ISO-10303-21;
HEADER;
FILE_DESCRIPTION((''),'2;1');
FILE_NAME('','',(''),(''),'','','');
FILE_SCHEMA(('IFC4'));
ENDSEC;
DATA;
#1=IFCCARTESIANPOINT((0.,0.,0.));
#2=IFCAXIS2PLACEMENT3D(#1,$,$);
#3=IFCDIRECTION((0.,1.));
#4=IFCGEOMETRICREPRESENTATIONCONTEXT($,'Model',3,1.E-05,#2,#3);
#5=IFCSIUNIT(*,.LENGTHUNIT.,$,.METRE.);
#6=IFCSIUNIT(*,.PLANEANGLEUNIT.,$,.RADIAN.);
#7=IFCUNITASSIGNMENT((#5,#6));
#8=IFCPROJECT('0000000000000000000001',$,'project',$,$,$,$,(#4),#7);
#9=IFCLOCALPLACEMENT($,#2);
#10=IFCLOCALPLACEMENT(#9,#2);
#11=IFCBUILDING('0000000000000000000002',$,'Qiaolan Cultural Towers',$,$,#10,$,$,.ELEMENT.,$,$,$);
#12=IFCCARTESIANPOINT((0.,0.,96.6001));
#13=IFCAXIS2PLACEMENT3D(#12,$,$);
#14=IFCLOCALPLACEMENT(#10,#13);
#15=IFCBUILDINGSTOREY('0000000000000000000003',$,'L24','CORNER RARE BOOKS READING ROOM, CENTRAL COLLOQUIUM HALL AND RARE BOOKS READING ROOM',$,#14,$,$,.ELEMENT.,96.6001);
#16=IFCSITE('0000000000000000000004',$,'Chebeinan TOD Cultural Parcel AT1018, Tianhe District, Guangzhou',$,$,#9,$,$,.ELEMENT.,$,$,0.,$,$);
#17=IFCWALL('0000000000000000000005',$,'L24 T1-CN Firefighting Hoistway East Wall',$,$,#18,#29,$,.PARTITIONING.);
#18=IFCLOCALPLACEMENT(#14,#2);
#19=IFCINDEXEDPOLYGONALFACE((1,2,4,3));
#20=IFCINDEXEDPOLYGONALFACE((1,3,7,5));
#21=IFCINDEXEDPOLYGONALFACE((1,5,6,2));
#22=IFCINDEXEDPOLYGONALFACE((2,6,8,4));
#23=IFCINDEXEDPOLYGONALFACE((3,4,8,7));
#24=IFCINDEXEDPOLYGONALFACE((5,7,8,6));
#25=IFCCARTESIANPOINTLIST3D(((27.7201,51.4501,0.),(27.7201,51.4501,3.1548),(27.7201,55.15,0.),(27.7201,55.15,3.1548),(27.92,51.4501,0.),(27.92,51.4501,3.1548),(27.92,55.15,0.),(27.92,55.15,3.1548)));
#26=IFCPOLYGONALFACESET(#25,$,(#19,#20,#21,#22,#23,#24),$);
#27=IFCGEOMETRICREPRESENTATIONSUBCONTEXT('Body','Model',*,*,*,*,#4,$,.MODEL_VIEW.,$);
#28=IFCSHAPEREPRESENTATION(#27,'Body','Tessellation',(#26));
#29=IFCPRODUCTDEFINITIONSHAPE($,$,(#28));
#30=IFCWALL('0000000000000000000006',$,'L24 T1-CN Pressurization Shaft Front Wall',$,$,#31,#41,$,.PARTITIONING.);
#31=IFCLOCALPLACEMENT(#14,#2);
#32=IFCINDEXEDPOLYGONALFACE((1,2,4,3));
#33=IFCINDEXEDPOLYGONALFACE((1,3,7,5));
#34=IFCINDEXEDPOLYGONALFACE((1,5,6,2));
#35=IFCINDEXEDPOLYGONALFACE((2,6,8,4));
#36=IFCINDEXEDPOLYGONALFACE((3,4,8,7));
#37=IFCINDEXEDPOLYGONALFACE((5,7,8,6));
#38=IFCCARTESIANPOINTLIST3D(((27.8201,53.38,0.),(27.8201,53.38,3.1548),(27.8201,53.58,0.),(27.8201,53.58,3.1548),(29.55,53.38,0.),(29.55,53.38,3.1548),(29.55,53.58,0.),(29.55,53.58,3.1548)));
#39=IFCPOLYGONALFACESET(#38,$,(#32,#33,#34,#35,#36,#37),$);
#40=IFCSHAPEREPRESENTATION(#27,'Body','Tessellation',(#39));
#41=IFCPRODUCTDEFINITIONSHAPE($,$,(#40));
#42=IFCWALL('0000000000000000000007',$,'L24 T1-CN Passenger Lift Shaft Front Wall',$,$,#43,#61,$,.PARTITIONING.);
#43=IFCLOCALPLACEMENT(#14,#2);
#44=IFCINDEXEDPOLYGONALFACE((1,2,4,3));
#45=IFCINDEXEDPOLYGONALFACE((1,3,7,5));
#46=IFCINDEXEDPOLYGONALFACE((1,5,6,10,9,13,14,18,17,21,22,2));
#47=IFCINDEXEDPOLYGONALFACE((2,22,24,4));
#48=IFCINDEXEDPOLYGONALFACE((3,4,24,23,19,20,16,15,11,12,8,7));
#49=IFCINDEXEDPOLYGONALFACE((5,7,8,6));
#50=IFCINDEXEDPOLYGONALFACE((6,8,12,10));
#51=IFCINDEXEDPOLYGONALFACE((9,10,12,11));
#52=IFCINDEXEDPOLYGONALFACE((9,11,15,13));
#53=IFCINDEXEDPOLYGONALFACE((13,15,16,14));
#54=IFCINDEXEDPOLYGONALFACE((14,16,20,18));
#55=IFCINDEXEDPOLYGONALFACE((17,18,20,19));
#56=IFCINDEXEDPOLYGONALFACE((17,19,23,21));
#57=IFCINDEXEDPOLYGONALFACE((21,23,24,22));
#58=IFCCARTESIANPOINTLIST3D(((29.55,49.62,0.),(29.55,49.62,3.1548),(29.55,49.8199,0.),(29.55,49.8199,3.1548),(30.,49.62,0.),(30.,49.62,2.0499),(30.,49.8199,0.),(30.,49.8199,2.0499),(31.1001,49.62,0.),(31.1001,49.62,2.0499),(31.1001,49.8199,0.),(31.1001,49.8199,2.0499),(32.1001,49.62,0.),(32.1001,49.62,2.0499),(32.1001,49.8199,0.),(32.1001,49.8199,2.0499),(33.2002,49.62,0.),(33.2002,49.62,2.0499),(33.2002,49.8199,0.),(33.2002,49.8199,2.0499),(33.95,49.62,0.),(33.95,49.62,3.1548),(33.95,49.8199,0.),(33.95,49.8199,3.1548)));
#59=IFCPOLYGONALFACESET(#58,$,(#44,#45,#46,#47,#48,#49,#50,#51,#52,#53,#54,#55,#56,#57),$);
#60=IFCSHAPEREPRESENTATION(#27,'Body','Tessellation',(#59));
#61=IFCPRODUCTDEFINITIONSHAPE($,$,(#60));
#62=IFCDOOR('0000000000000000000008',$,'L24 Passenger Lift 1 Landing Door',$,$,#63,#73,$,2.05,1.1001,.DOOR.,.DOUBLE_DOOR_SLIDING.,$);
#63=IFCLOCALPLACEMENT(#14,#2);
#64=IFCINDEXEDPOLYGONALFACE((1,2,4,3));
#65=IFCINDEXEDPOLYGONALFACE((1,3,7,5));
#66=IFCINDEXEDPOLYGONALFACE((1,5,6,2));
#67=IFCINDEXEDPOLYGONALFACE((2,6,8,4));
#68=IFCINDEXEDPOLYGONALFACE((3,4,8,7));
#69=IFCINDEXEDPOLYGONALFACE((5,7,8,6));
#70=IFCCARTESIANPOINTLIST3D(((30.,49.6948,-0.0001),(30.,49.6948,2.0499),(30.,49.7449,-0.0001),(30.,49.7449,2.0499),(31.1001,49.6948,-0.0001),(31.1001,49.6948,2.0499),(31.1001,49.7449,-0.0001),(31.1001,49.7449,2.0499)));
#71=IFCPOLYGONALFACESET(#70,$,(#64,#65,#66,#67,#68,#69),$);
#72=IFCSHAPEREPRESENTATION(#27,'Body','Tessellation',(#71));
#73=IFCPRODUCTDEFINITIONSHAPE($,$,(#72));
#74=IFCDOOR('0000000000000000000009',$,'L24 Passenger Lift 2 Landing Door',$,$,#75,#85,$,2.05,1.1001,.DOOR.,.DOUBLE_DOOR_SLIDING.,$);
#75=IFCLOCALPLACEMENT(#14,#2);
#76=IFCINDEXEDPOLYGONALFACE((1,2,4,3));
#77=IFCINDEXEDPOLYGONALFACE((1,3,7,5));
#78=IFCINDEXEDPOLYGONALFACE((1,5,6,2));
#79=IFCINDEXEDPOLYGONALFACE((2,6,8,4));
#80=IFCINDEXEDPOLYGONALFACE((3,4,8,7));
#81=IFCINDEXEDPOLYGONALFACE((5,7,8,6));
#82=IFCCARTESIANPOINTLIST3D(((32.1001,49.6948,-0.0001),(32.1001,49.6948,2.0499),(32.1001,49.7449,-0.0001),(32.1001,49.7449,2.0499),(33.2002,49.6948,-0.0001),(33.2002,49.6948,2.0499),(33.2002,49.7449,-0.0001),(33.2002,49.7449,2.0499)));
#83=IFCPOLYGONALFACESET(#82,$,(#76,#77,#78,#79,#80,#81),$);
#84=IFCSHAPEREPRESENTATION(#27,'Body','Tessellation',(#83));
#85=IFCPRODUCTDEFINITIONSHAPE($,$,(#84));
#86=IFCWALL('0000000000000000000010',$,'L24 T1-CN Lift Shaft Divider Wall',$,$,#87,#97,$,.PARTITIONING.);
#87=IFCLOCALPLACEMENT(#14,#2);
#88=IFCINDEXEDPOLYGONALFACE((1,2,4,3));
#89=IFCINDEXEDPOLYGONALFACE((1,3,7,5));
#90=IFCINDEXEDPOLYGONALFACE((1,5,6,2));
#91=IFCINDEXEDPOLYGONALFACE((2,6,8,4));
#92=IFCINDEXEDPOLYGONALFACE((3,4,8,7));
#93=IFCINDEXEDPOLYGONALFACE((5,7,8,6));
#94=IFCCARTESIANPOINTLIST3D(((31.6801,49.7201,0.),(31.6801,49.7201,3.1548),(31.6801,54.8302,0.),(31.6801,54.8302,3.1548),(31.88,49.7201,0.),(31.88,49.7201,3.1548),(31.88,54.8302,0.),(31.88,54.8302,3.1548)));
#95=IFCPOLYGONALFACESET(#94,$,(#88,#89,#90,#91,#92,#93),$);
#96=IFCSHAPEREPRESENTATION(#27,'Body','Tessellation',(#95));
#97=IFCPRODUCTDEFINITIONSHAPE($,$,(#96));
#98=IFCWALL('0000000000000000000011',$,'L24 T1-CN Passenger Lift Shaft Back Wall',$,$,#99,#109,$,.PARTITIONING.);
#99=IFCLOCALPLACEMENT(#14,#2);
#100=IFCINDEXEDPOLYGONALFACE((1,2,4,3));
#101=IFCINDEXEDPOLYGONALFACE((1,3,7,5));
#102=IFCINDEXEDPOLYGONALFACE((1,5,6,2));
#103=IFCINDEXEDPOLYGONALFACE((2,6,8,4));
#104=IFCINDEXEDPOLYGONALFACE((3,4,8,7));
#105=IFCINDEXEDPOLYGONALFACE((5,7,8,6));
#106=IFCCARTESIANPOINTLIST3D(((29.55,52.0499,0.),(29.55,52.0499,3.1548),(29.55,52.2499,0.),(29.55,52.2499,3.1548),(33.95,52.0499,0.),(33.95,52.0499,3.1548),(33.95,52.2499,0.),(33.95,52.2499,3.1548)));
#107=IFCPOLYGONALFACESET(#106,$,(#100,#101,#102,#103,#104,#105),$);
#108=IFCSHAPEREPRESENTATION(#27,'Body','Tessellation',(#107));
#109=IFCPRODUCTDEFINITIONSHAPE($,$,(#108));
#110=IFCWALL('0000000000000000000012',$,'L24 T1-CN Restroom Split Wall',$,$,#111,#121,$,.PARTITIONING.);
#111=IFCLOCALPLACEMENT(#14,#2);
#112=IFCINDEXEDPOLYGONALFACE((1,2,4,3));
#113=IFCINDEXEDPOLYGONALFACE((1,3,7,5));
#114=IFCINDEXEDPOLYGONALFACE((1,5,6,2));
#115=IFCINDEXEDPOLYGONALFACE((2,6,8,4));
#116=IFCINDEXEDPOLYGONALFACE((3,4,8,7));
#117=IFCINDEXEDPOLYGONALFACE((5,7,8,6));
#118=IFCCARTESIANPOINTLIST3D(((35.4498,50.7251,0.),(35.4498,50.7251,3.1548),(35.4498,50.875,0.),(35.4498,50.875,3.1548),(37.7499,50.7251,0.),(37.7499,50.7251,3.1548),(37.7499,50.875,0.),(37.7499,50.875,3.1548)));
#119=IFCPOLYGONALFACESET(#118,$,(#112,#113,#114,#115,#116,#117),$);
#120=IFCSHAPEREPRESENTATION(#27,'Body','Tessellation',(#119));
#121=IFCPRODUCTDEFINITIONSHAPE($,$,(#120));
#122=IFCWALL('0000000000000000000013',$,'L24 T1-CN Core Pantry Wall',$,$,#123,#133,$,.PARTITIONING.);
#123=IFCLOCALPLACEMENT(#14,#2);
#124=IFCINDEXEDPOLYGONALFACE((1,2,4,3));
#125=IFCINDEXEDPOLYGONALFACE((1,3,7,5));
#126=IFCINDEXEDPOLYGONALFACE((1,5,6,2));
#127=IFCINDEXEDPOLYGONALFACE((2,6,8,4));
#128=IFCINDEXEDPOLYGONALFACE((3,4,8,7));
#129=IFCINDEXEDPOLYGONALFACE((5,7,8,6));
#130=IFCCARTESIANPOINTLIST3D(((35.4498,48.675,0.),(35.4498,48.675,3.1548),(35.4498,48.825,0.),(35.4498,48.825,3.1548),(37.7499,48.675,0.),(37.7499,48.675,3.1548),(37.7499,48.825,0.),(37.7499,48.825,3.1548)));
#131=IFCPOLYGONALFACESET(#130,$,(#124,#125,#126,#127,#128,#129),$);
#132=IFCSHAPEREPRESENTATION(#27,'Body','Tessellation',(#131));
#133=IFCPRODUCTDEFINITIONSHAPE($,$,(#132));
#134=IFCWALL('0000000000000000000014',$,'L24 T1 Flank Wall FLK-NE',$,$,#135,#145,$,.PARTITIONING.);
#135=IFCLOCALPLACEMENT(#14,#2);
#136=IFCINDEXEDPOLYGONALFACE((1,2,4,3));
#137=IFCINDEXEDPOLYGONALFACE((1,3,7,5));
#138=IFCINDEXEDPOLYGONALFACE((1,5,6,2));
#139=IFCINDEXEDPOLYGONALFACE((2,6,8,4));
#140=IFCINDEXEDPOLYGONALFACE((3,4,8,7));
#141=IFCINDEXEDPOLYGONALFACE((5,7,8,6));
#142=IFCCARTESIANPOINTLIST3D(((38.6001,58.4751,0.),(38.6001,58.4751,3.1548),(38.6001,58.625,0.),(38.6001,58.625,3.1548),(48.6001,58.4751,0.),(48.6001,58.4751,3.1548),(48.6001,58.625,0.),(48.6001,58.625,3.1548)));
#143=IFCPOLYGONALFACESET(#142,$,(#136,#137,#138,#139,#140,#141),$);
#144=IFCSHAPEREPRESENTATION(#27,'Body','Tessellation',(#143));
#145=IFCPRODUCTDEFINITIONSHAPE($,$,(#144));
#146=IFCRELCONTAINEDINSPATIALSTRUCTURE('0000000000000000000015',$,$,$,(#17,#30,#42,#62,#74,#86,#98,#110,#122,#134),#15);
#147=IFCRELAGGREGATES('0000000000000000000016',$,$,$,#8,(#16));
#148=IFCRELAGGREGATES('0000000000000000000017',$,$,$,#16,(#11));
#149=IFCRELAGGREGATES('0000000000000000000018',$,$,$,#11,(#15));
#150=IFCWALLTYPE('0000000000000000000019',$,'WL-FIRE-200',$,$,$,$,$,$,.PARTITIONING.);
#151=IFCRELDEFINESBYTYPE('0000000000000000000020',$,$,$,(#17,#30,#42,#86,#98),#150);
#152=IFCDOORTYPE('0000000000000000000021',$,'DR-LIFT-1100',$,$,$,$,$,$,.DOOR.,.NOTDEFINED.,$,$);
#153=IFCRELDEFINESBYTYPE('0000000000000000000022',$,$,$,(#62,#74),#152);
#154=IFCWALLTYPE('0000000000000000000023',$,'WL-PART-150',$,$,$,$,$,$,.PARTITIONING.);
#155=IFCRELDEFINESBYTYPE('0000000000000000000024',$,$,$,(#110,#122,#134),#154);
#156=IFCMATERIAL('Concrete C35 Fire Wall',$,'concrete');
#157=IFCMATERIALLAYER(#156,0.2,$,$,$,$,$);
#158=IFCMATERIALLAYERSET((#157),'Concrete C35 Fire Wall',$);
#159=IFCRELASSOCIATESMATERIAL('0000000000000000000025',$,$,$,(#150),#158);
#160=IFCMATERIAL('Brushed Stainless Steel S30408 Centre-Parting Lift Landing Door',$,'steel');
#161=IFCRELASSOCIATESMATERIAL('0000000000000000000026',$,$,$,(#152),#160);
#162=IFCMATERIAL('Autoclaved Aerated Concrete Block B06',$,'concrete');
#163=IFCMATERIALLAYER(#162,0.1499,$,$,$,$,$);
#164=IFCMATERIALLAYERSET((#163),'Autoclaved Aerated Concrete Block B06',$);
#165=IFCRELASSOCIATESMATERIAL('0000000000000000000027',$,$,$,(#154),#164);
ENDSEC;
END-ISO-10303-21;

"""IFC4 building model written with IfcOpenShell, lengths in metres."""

from ifc_helpers import new_model, si_unit, direction, frame, frame_2d, origin, place, context, subcontext, project, spatial, rectangle, extrude, material, layer, layer_set, type_object, element, fill, save


model = new_model("IFC4")

# Units and contexts
model_context = context("Model", 3, precision=1e-05, world=origin(), true_north=direction((0.0, 1.0)))
body_context = subcontext(model_context, "Body", "Model", "MODEL_VIEW")
ifc_project = project(units=[si_unit("LENGTHUNIT", "METRE"), si_unit("PLANEANGLEUNIT", "RADIAN")], contexts=[model_context])

# Site, building, storey
site_placement = place(None, origin())
site = spatial("IfcSite", under=ifc_project, at=site_placement, Name="Chebeinan TOD Cultural Parcel AT1018, Tianhe District, Guangzhou", CompositionType="ELEMENT", RefElevation=0.0)
building_placement = place(site_placement, origin())
building = spatial("IfcBuilding", under=site, at=building_placement, Name="Qiaolan Cultural Towers", CompositionType="ELEMENT")
storey_placement = place(building_placement, frame((0.0, 0.0, 96.6001)))
storey = spatial("IfcBuildingStorey", under=building, at=storey_placement, Name="L24", Description="CORNER RARE BOOKS READING ROOM, CENTRAL COLLOQUIUM HALL AND RARE BOOKS READING ROOM", CompositionType="ELEMENT", Elevation=96.6001)

# Shared definitions
ifc_material_1 = material(Name="Concrete C35 Fire Wall", Category="concrete")
ifc_layer_1 = layer(ifc_material_1, 0.2)
ifc_layer_set_1 = layer_set([ifc_layer_1], Name="Concrete C35 Fire Wall")
wall_type_1 = type_object("IfcWallType", Name="WL-FIRE-200", PredefinedType="PARTITIONING", material=ifc_layer_set_1)
ifc_material_2 = material(Name="Brushed Stainless Steel S30408 Centre-Parting Lift Landing Door", Category="steel")
door_type = type_object("IfcDoorType", Name="DR-LIFT-1100", OperationType="NOTDEFINED", PredefinedType="DOOR", material=ifc_material_2)

# Walls
wall_1_placement = place(storey_placement, frame((27.8201, 51.45, 0.0), z_axis=(0.0, 0.0, 1.0), x_axis=(0.0, 1.0, 0.0)))
element("IfcWall", 1, at=wall_1_placement, inside=storey, type_object=wall_type_1, Name="L24 T1-CN Firefighting Hoistway East Wall", PredefinedType="PARTITIONING", context=body_context, shape_type="SweptSolid", body=[
    extrude(rectangle(XDim=3.7, YDim=0.2, at=frame_2d((1.8501, 0.0))), origin(), (0.0, 0.0, 1.0), 3.1548),
])
wall_2_placement = place(storey_placement, frame((27.8201, 53.48, 0.0), z_axis=(0.0, 0.0, 1.0), x_axis=(1.0, 0.0, 0.0)))
element("IfcWall", 2, at=wall_2_placement, inside=storey, type_object=wall_type_1, Name="L24 T1-CN Pressurization Shaft Front Wall", PredefinedType="PARTITIONING", context=body_context, shape_type="SweptSolid", body=[
    extrude(rectangle(XDim=1.73, YDim=0.2, at=frame_2d((0.865, 0.0))), origin(), (0.0, 0.0, 1.0), 3.1548),
])

# Wall, openings, doors
wall_3_placement = place(storey_placement, frame((29.55, 49.72, 0.0), z_axis=(0.0, 0.0, 1.0), x_axis=(1.0, 0.0, 0.0)))
wall_3 = element("IfcWall", 3, at=wall_3_placement, inside=storey, type_object=wall_type_1, Name="L24 T1-CN Passenger Lift Shaft Front Wall", PredefinedType="PARTITIONING", context=body_context, shape_type="SweptSolid", body=[
    extrude(rectangle(XDim=4.3999, YDim=0.2, at=frame_2d((2.2, 0.0))), origin(), (0.0, 0.0, 1.0), 3.1548),
])
opening_1_placement = place(wall_3_placement, frame((0.45, 0.0, 0.0)))
opening_1 = element("IfcOpeningElement", 4, at=opening_1_placement, cuts=wall_3, PredefinedType="OPENING", context=body_context, shape_type="SweptSolid", body=[
    extrude(rectangle(XDim=1.1001, YDim=2.05, at=frame_2d((0.55, 1.0249))), frame((0.0, 0.1099, 0.0), z_axis=(0.0, -1.0, 0.0), x_axis=(1.0, 0.0, 0.0)), (0.0, 0.0, 1.0), 0.22),
])
opening_2_placement = place(wall_3_placement, frame((2.55, 0.0, 0.0)))
opening_2 = element("IfcOpeningElement", 5, at=opening_2_placement, cuts=wall_3, PredefinedType="OPENING", context=body_context, shape_type="SweptSolid", body=[
    extrude(rectangle(XDim=1.1001, YDim=2.05, at=frame_2d((0.55, 1.0249))), frame((0.0, 0.1099, 0.0), z_axis=(0.0, -1.0, 0.0), x_axis=(1.0, 0.0, 0.0)), (0.0, 0.0, 1.0), 0.22),
])
door_1_placement = place(opening_1_placement, origin())
door_1 = element("IfcDoor", 6, at=door_1_placement, inside=storey, type_object=door_type, Name="L24 Passenger Lift 1 Landing Door", OperationType="DOUBLE_DOOR_SLIDING", OverallHeight=2.05, OverallWidth=1.1001, PredefinedType="DOOR", context=body_context, shape_type="SweptSolid", body=[
    extrude(rectangle(XDim=1.1001, YDim=2.05, at=frame_2d((0.55, 1.0249))), frame((0.0, 0.0249, 0.0), z_axis=(0.0, -1.0, 0.0), x_axis=(1.0, 0.0, 0.0)), (0.0, 0.0, 1.0), 0.05),
])
fill(opening_1, door_1)
door_2_placement = place(opening_2_placement, origin())
door_2 = element("IfcDoor", 7, at=door_2_placement, inside=storey, type_object=door_type, Name="L24 Passenger Lift 2 Landing Door", OperationType="DOUBLE_DOOR_SLIDING", OverallHeight=2.05, OverallWidth=1.1001, PredefinedType="DOOR", context=body_context, shape_type="SweptSolid", body=[
    extrude(rectangle(XDim=1.1001, YDim=2.05, at=frame_2d((0.55, 1.0249))), frame((0.0, 0.0249, 0.0), z_axis=(0.0, -1.0, 0.0), x_axis=(1.0, 0.0, 0.0)), (0.0, 0.0, 1.0), 0.05),
])
fill(opening_2, door_2)

# Walls
wall_4_placement = place(storey_placement, frame((31.78, 49.72, 0.0), z_axis=(0.0, 0.0, 1.0), x_axis=(0.0, 1.0, 0.0)))
element("IfcWall", 8, at=wall_4_placement, inside=storey, type_object=wall_type_1, Name="L24 T1-CN Lift Shaft Divider Wall", PredefinedType="PARTITIONING", context=body_context, shape_type="SweptSolid", body=[
    extrude(rectangle(XDim=5.1101, YDim=0.2, at=frame_2d((2.5552, 0.0))), origin(), (0.0, 0.0, 1.0), 3.1548),
])
wall_5_placement = place(storey_placement, frame((29.55, 52.1499, 0.0), z_axis=(0.0, 0.0, 1.0), x_axis=(1.0, 0.0, 0.0)))
element("IfcWall", 9, at=wall_5_placement, inside=storey, type_object=wall_type_1, Name="L24 T1-CN Passenger Lift Shaft Back Wall", PredefinedType="PARTITIONING", context=body_context, shape_type="SweptSolid", body=[
    extrude(rectangle(XDim=4.3999, YDim=0.2, at=frame_2d((2.2, 0.0))), origin(), (0.0, 0.0, 1.0), 3.1548),
])
ifc_material_3 = material(Name="Autoclaved Aerated Concrete Block B06", Category="concrete")
ifc_layer_2 = layer(ifc_material_3, 0.1499)
ifc_layer_set_2 = layer_set([ifc_layer_2], Name="Autoclaved Aerated Concrete Block B06")
wall_type_2 = type_object("IfcWallType", Name="WL-PART-150", PredefinedType="PARTITIONING", material=ifc_layer_set_2)
for number, where, z_axis, x_axis, name in (
    (10, (35.45, 50.8, 0.0), (0.0, 0.0, 1.0), (1.0, 0.0, 0.0), "L24 T1-CN Restroom Split Wall"),
    (11, (35.45, 48.75, 0.0), (0.0, 0.0, 1.0), (1.0, 0.0, 0.0), "L24 T1-CN Core Pantry Wall"),
):
    element("IfcWall", number, at=place(storey_placement, frame(where, z_axis=z_axis, x_axis=x_axis)), inside=storey, type_object=wall_type_2, Name=name, PredefinedType="PARTITIONING", context=body_context, shape_type="SweptSolid", body=[
        extrude(rectangle(XDim=2.3, YDim=0.1499, at=frame_2d((1.1499, 0.0))), origin(), (0.0, 0.0, 1.0), 3.1548),
    ])
wall_6_placement = place(storey_placement, frame((38.6001, 58.55, 0.0), z_axis=(0.0, 0.0, 1.0), x_axis=(1.0, 0.0, 0.0)))
element("IfcWall", 12, at=wall_6_placement, inside=storey, type_object=wall_type_2, Name="L24 T1 Flank Wall FLK-NE", PredefinedType="PARTITIONING", context=body_context, shape_type="SweptSolid", body=[
    extrude(rectangle(XDim=10.0, YDim=0.1499, at=frame_2d((5.0, 0.0))), origin(), (0.0, 0.0, 1.0), 3.1548),
])

save(model, "model.ifc")
